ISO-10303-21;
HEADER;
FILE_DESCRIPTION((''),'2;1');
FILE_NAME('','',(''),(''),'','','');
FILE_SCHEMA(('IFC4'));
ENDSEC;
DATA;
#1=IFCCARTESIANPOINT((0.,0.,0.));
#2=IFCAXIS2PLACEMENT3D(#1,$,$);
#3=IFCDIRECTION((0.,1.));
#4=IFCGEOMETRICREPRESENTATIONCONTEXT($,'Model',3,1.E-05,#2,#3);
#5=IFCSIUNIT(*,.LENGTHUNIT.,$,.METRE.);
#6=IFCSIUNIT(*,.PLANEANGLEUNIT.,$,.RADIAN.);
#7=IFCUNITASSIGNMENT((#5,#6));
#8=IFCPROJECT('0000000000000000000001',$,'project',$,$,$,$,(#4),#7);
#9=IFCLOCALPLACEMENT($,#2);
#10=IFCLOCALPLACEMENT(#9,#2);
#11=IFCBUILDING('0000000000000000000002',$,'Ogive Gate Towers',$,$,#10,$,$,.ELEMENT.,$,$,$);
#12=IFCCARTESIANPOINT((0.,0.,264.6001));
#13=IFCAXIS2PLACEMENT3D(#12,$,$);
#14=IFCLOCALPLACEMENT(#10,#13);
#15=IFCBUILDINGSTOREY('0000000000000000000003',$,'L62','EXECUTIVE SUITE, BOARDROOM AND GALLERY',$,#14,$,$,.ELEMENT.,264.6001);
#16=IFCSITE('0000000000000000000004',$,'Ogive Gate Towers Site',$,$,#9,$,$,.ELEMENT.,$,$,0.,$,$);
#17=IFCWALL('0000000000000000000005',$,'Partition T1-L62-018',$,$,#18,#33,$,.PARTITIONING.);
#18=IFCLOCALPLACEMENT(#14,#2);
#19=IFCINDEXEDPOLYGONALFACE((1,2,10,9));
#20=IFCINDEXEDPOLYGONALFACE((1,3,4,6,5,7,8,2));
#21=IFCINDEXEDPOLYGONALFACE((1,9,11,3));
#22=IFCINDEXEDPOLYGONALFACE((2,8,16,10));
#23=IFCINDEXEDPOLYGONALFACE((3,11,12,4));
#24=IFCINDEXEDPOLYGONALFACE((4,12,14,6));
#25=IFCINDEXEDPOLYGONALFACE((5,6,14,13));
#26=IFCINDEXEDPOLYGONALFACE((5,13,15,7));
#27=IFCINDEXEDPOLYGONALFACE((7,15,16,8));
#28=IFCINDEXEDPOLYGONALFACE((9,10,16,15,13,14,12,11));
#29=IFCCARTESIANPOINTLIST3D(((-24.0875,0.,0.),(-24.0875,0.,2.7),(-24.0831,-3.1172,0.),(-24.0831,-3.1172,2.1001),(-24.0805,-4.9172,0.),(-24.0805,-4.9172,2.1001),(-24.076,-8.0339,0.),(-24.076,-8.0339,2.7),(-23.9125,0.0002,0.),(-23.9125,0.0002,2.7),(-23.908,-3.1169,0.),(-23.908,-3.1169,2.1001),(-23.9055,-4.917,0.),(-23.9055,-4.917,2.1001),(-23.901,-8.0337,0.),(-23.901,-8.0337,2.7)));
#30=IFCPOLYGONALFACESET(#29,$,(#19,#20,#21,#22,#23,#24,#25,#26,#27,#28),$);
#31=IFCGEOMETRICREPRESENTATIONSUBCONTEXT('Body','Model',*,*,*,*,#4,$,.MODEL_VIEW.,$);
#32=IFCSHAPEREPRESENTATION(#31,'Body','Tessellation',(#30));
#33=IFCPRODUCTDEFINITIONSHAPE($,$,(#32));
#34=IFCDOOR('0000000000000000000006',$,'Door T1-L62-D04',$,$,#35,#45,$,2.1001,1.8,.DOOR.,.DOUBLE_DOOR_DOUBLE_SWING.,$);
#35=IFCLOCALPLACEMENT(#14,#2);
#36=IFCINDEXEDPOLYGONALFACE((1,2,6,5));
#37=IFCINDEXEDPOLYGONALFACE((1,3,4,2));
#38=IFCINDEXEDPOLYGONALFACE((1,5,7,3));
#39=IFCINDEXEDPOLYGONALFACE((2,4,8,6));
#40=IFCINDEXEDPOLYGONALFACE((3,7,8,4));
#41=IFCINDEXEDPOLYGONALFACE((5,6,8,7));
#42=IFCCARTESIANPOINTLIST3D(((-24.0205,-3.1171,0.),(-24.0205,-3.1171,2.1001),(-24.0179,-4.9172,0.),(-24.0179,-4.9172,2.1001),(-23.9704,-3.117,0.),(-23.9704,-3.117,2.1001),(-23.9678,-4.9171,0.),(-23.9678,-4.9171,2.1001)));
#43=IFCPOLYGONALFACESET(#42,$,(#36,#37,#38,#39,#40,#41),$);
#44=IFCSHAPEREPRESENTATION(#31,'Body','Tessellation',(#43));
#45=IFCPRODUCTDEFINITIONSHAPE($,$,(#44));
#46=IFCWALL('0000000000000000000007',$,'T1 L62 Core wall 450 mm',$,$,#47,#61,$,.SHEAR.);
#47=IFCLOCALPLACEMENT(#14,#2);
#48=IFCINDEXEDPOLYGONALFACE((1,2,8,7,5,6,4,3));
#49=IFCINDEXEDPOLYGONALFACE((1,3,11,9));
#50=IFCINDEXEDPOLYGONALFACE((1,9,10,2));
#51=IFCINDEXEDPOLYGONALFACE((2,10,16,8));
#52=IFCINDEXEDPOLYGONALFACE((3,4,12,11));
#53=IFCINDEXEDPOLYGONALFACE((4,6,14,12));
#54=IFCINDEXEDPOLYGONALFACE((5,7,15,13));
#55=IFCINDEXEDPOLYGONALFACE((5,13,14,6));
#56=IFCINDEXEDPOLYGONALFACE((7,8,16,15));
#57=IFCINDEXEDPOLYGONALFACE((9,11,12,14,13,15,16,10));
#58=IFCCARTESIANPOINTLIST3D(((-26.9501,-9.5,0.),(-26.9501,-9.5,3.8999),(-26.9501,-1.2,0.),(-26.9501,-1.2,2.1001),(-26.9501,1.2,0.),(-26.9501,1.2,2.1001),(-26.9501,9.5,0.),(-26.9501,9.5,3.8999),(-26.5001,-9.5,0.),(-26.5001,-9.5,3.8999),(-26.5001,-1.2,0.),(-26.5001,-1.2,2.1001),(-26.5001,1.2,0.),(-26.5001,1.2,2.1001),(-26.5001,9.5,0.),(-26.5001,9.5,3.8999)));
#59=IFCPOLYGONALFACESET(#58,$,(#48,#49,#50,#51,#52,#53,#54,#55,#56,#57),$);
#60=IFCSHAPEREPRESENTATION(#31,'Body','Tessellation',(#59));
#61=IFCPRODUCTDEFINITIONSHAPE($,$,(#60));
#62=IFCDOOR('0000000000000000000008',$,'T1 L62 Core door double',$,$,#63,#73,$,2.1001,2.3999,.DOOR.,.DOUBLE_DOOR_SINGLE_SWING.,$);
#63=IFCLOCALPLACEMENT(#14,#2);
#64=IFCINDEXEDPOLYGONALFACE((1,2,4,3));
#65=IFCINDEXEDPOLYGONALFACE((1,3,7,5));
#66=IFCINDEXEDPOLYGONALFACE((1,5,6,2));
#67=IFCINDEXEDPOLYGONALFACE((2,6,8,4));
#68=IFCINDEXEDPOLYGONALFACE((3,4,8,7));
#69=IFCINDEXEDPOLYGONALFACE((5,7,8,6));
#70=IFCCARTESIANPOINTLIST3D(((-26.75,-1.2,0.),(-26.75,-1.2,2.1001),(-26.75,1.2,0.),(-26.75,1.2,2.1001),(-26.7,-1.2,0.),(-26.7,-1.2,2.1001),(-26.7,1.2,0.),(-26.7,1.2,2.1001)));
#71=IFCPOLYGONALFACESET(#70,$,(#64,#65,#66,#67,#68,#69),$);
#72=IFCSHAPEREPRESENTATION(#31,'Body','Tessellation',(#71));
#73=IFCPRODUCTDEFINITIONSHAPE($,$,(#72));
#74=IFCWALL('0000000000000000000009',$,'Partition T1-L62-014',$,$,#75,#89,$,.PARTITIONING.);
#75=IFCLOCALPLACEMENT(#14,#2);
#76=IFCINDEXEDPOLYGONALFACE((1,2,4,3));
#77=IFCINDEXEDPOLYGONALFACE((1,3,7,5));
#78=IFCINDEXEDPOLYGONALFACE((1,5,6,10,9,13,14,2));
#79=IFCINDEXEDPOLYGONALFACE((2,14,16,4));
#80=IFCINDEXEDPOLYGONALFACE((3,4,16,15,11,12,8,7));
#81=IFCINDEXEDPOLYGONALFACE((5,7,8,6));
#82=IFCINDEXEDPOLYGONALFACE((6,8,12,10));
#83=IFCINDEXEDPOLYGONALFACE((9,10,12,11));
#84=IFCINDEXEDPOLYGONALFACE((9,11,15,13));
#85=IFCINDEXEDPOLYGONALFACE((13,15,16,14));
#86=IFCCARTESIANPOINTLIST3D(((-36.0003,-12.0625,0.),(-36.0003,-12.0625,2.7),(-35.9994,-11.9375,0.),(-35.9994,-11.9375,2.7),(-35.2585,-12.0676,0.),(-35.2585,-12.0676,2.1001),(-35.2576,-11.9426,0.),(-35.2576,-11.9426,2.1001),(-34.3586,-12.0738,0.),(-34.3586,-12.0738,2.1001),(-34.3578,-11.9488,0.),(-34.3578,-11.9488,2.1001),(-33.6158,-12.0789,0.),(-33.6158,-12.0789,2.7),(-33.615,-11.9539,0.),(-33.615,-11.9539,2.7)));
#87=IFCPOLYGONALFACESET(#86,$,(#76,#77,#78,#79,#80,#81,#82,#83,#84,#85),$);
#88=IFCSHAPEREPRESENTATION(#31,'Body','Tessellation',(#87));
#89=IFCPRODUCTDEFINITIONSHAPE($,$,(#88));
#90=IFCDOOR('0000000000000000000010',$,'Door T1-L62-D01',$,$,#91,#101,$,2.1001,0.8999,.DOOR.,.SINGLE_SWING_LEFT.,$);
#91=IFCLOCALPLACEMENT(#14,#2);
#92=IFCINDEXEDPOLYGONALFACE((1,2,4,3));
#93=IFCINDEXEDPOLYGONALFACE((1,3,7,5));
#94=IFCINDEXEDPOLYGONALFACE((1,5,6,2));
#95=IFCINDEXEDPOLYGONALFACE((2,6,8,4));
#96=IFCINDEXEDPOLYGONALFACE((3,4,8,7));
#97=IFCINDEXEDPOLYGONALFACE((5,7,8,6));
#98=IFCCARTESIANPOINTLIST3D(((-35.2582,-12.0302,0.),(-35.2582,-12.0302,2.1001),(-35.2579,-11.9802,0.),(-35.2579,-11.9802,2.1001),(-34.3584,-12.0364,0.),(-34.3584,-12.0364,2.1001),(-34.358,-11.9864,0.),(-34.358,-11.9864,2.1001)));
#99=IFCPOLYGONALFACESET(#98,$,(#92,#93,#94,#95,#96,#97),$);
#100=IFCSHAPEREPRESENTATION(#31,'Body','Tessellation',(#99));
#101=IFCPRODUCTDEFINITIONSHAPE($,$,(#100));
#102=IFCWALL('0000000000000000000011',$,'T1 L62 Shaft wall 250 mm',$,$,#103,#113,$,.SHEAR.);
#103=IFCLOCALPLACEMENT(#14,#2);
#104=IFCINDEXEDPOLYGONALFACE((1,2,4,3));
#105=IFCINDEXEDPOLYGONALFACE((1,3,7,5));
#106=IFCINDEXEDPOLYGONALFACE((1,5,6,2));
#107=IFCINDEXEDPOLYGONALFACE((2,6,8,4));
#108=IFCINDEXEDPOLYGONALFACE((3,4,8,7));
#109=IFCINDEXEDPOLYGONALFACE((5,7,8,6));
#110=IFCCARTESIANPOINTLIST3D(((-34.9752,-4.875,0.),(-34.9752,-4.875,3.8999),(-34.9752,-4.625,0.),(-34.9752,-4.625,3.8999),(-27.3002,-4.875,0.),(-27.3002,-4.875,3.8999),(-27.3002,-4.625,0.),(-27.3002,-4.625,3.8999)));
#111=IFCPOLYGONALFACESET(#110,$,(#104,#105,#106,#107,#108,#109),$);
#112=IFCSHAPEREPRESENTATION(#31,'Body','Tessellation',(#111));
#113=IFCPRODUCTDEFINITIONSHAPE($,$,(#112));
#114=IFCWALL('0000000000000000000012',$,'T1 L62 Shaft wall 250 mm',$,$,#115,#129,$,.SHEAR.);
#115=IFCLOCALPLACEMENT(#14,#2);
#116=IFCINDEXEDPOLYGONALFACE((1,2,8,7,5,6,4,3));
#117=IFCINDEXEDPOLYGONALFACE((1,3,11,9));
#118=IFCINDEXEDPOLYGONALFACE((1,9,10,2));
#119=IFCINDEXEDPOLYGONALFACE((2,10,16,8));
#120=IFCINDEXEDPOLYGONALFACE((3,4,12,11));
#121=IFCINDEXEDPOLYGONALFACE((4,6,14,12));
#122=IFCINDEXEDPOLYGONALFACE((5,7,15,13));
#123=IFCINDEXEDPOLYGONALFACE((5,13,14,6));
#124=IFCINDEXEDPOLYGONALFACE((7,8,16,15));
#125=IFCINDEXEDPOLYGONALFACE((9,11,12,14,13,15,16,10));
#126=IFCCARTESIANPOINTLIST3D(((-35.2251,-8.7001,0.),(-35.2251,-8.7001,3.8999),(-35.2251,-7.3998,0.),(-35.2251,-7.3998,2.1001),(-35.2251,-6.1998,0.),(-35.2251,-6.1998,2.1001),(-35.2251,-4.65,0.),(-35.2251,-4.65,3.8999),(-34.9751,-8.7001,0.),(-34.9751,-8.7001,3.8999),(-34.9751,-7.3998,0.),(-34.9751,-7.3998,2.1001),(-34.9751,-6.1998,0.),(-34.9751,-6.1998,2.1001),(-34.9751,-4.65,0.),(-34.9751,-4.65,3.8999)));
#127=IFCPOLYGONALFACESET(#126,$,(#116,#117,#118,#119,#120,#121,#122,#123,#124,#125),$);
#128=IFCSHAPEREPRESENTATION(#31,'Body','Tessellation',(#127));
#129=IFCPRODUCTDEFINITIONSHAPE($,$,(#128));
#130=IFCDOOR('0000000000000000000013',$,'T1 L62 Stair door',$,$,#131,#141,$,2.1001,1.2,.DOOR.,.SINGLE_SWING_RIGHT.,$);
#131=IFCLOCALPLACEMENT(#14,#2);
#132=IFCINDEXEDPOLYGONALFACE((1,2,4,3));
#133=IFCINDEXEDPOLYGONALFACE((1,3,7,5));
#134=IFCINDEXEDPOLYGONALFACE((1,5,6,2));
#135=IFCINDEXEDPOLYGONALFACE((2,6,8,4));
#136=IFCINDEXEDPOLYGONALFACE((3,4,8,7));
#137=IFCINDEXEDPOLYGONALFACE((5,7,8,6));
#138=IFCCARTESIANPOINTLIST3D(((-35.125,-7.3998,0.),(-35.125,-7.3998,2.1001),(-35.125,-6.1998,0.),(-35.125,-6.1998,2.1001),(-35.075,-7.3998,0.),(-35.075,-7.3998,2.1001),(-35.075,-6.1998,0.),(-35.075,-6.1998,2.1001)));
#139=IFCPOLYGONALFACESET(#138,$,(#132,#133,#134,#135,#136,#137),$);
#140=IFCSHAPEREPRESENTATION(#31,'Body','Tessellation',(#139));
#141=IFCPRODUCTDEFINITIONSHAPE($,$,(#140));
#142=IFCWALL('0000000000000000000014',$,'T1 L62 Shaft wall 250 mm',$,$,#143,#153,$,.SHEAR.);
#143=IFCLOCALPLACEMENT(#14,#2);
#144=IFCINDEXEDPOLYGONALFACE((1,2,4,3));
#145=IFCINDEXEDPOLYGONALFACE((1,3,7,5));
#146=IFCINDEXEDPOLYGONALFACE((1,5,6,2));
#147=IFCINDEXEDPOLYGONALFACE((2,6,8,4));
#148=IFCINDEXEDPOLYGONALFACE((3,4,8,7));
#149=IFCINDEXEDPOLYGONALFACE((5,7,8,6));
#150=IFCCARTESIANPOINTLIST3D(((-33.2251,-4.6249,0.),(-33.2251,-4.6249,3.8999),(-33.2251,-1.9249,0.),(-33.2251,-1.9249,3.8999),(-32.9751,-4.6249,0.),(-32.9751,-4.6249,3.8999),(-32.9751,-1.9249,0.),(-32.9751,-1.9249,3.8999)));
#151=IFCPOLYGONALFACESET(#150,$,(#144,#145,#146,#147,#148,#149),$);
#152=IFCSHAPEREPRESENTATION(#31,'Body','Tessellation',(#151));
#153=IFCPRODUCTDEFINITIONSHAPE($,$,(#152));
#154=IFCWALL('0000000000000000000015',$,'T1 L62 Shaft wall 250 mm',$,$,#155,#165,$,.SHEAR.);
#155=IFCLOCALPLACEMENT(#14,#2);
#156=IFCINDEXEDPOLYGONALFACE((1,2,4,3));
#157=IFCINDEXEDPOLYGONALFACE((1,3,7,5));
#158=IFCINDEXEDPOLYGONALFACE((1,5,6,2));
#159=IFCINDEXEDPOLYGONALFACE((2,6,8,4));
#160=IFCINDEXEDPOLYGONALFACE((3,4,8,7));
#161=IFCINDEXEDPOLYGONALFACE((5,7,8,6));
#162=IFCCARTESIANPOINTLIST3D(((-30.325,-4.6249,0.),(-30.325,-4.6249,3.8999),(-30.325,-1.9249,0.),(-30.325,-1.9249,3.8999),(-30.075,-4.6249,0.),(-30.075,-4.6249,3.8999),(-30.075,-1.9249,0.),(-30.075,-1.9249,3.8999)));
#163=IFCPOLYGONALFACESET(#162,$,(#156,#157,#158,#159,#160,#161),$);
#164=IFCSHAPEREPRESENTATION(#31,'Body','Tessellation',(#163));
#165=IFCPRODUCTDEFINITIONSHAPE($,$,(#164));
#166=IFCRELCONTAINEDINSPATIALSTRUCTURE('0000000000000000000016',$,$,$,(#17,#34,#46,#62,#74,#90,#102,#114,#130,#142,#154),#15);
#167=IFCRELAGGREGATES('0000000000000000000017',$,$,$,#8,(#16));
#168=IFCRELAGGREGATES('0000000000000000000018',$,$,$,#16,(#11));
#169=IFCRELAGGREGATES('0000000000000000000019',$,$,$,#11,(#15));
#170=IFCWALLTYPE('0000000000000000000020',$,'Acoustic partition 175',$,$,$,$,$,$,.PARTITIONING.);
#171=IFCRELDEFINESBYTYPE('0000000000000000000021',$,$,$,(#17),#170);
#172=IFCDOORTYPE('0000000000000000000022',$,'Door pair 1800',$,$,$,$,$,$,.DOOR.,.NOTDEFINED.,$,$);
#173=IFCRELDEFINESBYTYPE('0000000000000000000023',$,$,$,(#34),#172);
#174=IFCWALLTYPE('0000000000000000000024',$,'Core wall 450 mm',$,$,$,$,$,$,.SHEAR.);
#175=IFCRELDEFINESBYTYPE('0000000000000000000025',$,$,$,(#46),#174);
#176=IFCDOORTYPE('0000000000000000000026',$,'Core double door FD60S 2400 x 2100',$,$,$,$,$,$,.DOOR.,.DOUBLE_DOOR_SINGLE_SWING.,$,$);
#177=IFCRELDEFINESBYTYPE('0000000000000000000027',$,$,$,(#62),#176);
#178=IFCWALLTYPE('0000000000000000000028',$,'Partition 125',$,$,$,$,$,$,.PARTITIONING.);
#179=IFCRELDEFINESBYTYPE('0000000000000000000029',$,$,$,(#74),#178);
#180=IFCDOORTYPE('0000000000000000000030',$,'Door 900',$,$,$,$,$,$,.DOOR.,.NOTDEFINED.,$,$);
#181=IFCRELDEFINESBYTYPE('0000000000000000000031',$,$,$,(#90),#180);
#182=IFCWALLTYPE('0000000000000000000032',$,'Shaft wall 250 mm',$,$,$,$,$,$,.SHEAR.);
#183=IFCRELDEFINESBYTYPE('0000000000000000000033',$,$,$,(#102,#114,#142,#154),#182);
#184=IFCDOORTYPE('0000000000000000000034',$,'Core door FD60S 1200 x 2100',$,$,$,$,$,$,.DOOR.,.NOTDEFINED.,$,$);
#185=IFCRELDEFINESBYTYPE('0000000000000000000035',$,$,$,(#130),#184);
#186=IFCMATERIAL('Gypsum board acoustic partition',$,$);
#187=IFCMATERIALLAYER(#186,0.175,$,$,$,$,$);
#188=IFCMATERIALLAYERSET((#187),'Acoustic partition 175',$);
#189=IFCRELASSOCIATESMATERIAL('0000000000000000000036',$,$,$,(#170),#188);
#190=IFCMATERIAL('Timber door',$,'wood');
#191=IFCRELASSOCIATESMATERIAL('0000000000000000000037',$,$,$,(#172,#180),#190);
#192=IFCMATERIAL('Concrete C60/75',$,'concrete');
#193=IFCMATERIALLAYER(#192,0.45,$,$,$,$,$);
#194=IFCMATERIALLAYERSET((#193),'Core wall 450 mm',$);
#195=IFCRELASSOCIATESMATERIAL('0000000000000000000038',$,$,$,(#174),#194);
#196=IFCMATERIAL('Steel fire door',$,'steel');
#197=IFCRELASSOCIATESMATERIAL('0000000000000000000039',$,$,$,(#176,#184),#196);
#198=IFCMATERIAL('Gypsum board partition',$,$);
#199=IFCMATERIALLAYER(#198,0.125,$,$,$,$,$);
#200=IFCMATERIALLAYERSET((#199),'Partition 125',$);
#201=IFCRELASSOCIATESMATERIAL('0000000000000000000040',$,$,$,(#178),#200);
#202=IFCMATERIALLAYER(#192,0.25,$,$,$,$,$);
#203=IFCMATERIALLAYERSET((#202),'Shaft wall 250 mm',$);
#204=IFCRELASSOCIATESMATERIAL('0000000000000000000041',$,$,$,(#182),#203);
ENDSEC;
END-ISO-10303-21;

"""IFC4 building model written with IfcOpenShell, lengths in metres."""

from ifc_helpers import new_model, si_unit, direction, frame, frame_2d, origin, place, context, subcontext, project, spatial, rectangle, extrude, material, layer, layer_set, type_object, element, fill, save


model = new_model("IFC4")

# Units and contexts
model_context = context("Model", 3, precision=1e-05, world=origin(), true_north=direction((0.0, 1.0)))
body_context = subcontext(model_context, "Body", "Model", "MODEL_VIEW")
ifc_project = project(units=[si_unit("LENGTHUNIT", "METRE"), si_unit("PLANEANGLEUNIT", "RADIAN")], contexts=[model_context])

# Site, building, storey
site_placement = place(None, origin())
site = spatial("IfcSite", under=ifc_project, at=site_placement, Name="Ogive Gate Towers Site", CompositionType="ELEMENT", RefElevation=0.0)
building_placement = place(site_placement, origin())
building = spatial("IfcBuilding", under=site, at=building_placement, Name="Ogive Gate Towers", CompositionType="ELEMENT")
storey_placement = place(building_placement, frame((0.0, 0.0, 264.6001)))
storey = spatial("IfcBuildingStorey", under=building, at=storey_placement, Name="L62", Description="EXECUTIVE SUITE, BOARDROOM AND GALLERY", CompositionType="ELEMENT", Elevation=264.6001)

# Shared definitions
ifc_material_1 = material(Name="Gypsum board acoustic partition")
ifc_layer_1 = layer(ifc_material_1, 0.175)
ifc_layer_set_1 = layer_set([ifc_layer_1], Name="Acoustic partition 175")
wall_type_1 = type_object("IfcWallType", Name="Acoustic partition 175", PredefinedType="PARTITIONING", material=ifc_layer_set_1)

# Shared definitions
ifc_material_2 = material(Name="Timber door", Category="wood")

# Walls, openings, doors
wall_1_placement = place(storey_placement, frame((-23.9885, -8.0339, 0.0), z_axis=(0.0, 0.0, 1.0), x_axis=(-0.001428, 0.999999, 0.0)))
wall_1 = element("IfcWall", 1, at=wall_1_placement, inside=storey, type_object=wall_type_1, Name="Partition T1-L62-018", PredefinedType="PARTITIONING", context=body_context, shape_type="SweptSolid", body=[
    extrude(rectangle(XDim=8.0339, YDim=0.175, at=frame_2d((4.0171, 0.0))), origin(), (0.0, 0.0, 1.0), 2.7),
])
opening_1_placement = place(wall_1_placement, frame((3.1169, 0.0, 0.0)))
opening_1 = element("IfcOpeningElement", 2, at=opening_1_placement, cuts=wall_1, PredefinedType="OPENING", context=body_context, shape_type="SweptSolid", body=[
    extrude(rectangle(XDim=1.8, YDim=2.1001, at=frame_2d((0.8999, 1.05))), frame((0.0, 0.0977, 0.0), z_axis=(0.0, -1.0, 0.0), x_axis=(1.0, 0.0, 0.0)), (0.0, 0.0, 1.0), 0.1951),
])
door_type_1 = type_object("IfcDoorType", Name="Door pair 1800", OperationType="NOTDEFINED", PredefinedType="DOOR", material=ifc_material_2)
door_1_placement = place(opening_1_placement, origin())
door_1 = element("IfcDoor", 3, at=door_1_placement, inside=storey, type_object=door_type_1, Name="Door T1-L62-D04", OperationType="DOUBLE_DOOR_DOUBLE_SWING", OverallHeight=2.1001, OverallWidth=1.8, PredefinedType="DOOR", context=body_context, shape_type="SweptSolid", body=[
    extrude(rectangle(XDim=1.8, YDim=2.1001, at=frame_2d((0.8999, 1.05))), frame((0.0, 0.0249, 0.0), z_axis=(0.0, -1.0, 0.0), x_axis=(1.0, 0.0, 0.0)), (0.0, 0.0, 1.0), 0.05),
])
fill(opening_1, door_1)
ifc_material_3 = material(Name="Concrete C60/75", Category="concrete")
ifc_layer_2 = layer(ifc_material_3, 0.45)
ifc_layer_set_2 = layer_set([ifc_layer_2], Name="Core wall 450 mm")
wall_type_2 = type_object("IfcWallType", Name="Core wall 450 mm", PredefinedType="SHEAR", material=ifc_layer_set_2)
wall_2_placement = place(storey_placement, frame((-26.7251, -9.5, 0.0), z_axis=(0.0, 0.0, 1.0), x_axis=(0.0, 1.0, 0.0)))
wall_2 = element("IfcWall", 4, at=wall_2_placement, inside=storey, type_object=wall_type_2, Name="T1 L62 Core wall 450 mm", PredefinedType="SHEAR", context=body_context, shape_type="SweptSolid", body=[
    extrude(rectangle(XDim=19.0, YDim=0.45, at=frame_2d((9.5, 0.0))), origin(), (0.0, 0.0, 1.0), 3.8999),
])
opening_2_placement = place(wall_2_placement, frame((8.3, 0.0, 0.0)))
opening_2 = element("IfcOpeningElement", 5, at=opening_2_placement, cuts=wall_2, PredefinedType="OPENING", context=body_context, shape_type="SweptSolid", body=[
    extrude(rectangle(XDim=2.3999, YDim=2.1001, at=frame_2d((1.2, 1.05))), frame((0.0, 0.2349, 0.0), z_axis=(0.0, -1.0, 0.0), x_axis=(1.0, 0.0, 0.0)), (0.0, 0.0, 1.0), 0.47),
])
ifc_material_4 = material(Name="Steel fire door", Category="steel")
door_type_2 = type_object("IfcDoorType", Name="Core double door FD60S 2400 x 2100", OperationType="DOUBLE_DOOR_SINGLE_SWING", PredefinedType="DOOR", material=ifc_material_4)
door_2_placement = place(opening_2_placement, origin())
door_2 = element("IfcDoor", 6, at=door_2_placement, inside=storey, type_object=door_type_2, Name="T1 L62 Core door double", OperationType="DOUBLE_DOOR_SINGLE_SWING", OverallHeight=2.1001, OverallWidth=2.3999, PredefinedType="DOOR", context=body_context, shape_type="SweptSolid", body=[
    extrude(rectangle(XDim=2.3999, YDim=2.1001, at=frame_2d((1.2, 1.05))), frame((0.0, 0.0249, 0.0), z_axis=(0.0, -1.0, 0.0), x_axis=(1.0, 0.0, 0.0)), (0.0, 0.0, 1.0), 0.05),
])
fill(opening_2, door_2)
ifc_material_5 = material(Name="Gypsum board partition")
ifc_layer_3 = layer(ifc_material_5, 0.125)
ifc_layer_set_3 = layer_set([ifc_layer_3], Name="Partition 125")
wall_type_3 = type_object("IfcWallType", Name="Partition 125", PredefinedType="PARTITIONING", material=ifc_layer_set_3)
wall_3_placement = place(storey_placement, frame((-36.0, -12.0, 0.0), z_axis=(0.0, 0.0, 1.0), x_axis=(0.999976, -0.00686, 0.0)))
wall_3 = element("IfcWall", 7, at=wall_3_placement, inside=storey, type_object=wall_type_3, Name="Partition T1-L62-014", PredefinedType="PARTITIONING", context=body_context, shape_type="SweptSolid", body=[
    extrude(rectangle(XDim=2.3845, YDim=0.125, at=frame_2d((1.1924, 0.0))), origin(), (0.0, 0.0, 1.0), 2.7),
])
opening_3_placement = place(wall_3_placement, frame((0.7419, 0.0, 0.0)))
opening_3 = element("IfcOpeningElement", 8, at=opening_3_placement, cuts=wall_3, PredefinedType="OPENING", context=body_context, shape_type="SweptSolid", body=[
    extrude(rectangle(XDim=0.8999, YDim=2.1001, at=frame_2d((0.45, 1.05))), frame((0.0, 0.0725, 0.0), z_axis=(0.0, -1.0, 0.0), x_axis=(1.0, 0.0, 0.0)), (0.0, 0.0, 1.0), 0.145),
])
door_type_3 = type_object("IfcDoorType", Name="Door 900", OperationType="NOTDEFINED", PredefinedType="DOOR", material=ifc_material_2)
door_3_placement = place(opening_3_placement, origin())
door_3 = element("IfcDoor", 9, at=door_3_placement, inside=storey, type_object=door_type_3, Name="Door T1-L62-D01", OperationType="SINGLE_SWING_LEFT", OverallHeight=2.1001, OverallWidth=0.8999, PredefinedType="DOOR", context=body_context, shape_type="SweptSolid", body=[
    extrude(rectangle(XDim=0.8999, YDim=2.1001, at=frame_2d((0.45, 1.05))), frame((0.0, 0.0249, 0.0), z_axis=(0.0, -1.0, 0.0), x_axis=(1.0, 0.0, 0.0)), (0.0, 0.0, 1.0), 0.05),
])
fill(opening_3, door_3)

# Wall
ifc_layer_4 = layer(ifc_material_3, 0.25)
ifc_layer_set_4 = layer_set([ifc_layer_4], Name="Shaft wall 250 mm")
wall_type_4 = type_object("IfcWallType", Name="Shaft wall 250 mm", PredefinedType="SHEAR", material=ifc_layer_set_4)
wall_4_placement = place(storey_placement, frame((-34.9751, -4.75, 0.0), z_axis=(0.0, 0.0, 1.0), x_axis=(1.0, 0.0, 0.0)))
element("IfcWall", 10, at=wall_4_placement, inside=storey, type_object=wall_type_4, Name="T1 L62 Shaft wall 250 mm", PredefinedType="SHEAR", context=body_context, shape_type="SweptSolid", body=[
    extrude(rectangle(XDim=7.675, YDim=0.25, at=frame_2d((3.8374, 0.0))), origin(), (0.0, 0.0, 1.0), 3.8999),
])

# Wall, opening, door
wall_5_placement = place(storey_placement, frame((-35.1001, -8.7, 0.0), z_axis=(0.0, 0.0, 1.0), x_axis=(0.0, 1.0, 0.0)))
wall_5 = element("IfcWall", 11, at=wall_5_placement, inside=storey, type_object=wall_type_4, Name="T1 L62 Shaft wall 250 mm", PredefinedType="SHEAR", context=body_context, shape_type="SweptSolid", body=[
    extrude(rectangle(XDim=4.05, YDim=0.25, at=frame_2d((2.0249, 0.0))), origin(), (0.0, 0.0, 1.0), 3.8999),
])
opening_4_placement = place(wall_5_placement, frame((1.3, 0.0, 0.0)))
opening_4 = element("IfcOpeningElement", 12, at=opening_4_placement, cuts=wall_5, PredefinedType="OPENING", context=body_context, shape_type="SweptSolid", body=[
    extrude(rectangle(XDim=1.2, YDim=2.1001, at=frame_2d((0.6001, 1.05))), frame((0.0, 0.135, 0.0), z_axis=(0.0, -1.0, 0.0), x_axis=(1.0, 0.0, 0.0)), (0.0, 0.0, 1.0), 0.27),
])
door_type_4 = type_object("IfcDoorType", Name="Core door FD60S 1200 x 2100", OperationType="NOTDEFINED", PredefinedType="DOOR", material=ifc_material_4)
door_4_placement = place(opening_4_placement, origin())
door_4 = element("IfcDoor", 13, at=door_4_placement, inside=storey, type_object=door_type_4, Name="T1 L62 Stair door", OperationType="SINGLE_SWING_RIGHT", OverallHeight=2.1001, OverallWidth=1.2, PredefinedType="DOOR", context=body_context, shape_type="SweptSolid", body=[
    extrude(rectangle(XDim=1.2, YDim=2.1001, at=frame_2d((0.6001, 1.05))), frame((0.0, 0.0249, 0.0), z_axis=(0.0, -1.0, 0.0), x_axis=(1.0, 0.0, 0.0)), (0.0, 0.0, 1.0), 0.05),
])
fill(opening_4, door_4)

# Walls
for number, where, z_axis, x_axis, name in (
    (14, (-33.1001, -4.625, 0.0), (0.0, 0.0, 1.0), (0.0, 1.0, 0.0), "T1 L62 Shaft wall 250 mm"),
    (15, (-30.2, -4.625, 0.0), (0.0, 0.0, 1.0), (0.0, 1.0, 0.0), "T1 L62 Shaft wall 250 mm"),
):
    element("IfcWall", number, at=place(storey_placement, frame(where, z_axis=z_axis, x_axis=x_axis)), inside=storey, type_object=wall_type_4, Name=name, PredefinedType="SHEAR", context=body_context, shape_type="SweptSolid", body=[
        extrude(rectangle(XDim=2.7, YDim=0.25, at=frame_2d((1.3501, 0.0))), origin(), (0.0, 0.0, 1.0), 3.8999),
    ])

save(model, "model.ifc")
